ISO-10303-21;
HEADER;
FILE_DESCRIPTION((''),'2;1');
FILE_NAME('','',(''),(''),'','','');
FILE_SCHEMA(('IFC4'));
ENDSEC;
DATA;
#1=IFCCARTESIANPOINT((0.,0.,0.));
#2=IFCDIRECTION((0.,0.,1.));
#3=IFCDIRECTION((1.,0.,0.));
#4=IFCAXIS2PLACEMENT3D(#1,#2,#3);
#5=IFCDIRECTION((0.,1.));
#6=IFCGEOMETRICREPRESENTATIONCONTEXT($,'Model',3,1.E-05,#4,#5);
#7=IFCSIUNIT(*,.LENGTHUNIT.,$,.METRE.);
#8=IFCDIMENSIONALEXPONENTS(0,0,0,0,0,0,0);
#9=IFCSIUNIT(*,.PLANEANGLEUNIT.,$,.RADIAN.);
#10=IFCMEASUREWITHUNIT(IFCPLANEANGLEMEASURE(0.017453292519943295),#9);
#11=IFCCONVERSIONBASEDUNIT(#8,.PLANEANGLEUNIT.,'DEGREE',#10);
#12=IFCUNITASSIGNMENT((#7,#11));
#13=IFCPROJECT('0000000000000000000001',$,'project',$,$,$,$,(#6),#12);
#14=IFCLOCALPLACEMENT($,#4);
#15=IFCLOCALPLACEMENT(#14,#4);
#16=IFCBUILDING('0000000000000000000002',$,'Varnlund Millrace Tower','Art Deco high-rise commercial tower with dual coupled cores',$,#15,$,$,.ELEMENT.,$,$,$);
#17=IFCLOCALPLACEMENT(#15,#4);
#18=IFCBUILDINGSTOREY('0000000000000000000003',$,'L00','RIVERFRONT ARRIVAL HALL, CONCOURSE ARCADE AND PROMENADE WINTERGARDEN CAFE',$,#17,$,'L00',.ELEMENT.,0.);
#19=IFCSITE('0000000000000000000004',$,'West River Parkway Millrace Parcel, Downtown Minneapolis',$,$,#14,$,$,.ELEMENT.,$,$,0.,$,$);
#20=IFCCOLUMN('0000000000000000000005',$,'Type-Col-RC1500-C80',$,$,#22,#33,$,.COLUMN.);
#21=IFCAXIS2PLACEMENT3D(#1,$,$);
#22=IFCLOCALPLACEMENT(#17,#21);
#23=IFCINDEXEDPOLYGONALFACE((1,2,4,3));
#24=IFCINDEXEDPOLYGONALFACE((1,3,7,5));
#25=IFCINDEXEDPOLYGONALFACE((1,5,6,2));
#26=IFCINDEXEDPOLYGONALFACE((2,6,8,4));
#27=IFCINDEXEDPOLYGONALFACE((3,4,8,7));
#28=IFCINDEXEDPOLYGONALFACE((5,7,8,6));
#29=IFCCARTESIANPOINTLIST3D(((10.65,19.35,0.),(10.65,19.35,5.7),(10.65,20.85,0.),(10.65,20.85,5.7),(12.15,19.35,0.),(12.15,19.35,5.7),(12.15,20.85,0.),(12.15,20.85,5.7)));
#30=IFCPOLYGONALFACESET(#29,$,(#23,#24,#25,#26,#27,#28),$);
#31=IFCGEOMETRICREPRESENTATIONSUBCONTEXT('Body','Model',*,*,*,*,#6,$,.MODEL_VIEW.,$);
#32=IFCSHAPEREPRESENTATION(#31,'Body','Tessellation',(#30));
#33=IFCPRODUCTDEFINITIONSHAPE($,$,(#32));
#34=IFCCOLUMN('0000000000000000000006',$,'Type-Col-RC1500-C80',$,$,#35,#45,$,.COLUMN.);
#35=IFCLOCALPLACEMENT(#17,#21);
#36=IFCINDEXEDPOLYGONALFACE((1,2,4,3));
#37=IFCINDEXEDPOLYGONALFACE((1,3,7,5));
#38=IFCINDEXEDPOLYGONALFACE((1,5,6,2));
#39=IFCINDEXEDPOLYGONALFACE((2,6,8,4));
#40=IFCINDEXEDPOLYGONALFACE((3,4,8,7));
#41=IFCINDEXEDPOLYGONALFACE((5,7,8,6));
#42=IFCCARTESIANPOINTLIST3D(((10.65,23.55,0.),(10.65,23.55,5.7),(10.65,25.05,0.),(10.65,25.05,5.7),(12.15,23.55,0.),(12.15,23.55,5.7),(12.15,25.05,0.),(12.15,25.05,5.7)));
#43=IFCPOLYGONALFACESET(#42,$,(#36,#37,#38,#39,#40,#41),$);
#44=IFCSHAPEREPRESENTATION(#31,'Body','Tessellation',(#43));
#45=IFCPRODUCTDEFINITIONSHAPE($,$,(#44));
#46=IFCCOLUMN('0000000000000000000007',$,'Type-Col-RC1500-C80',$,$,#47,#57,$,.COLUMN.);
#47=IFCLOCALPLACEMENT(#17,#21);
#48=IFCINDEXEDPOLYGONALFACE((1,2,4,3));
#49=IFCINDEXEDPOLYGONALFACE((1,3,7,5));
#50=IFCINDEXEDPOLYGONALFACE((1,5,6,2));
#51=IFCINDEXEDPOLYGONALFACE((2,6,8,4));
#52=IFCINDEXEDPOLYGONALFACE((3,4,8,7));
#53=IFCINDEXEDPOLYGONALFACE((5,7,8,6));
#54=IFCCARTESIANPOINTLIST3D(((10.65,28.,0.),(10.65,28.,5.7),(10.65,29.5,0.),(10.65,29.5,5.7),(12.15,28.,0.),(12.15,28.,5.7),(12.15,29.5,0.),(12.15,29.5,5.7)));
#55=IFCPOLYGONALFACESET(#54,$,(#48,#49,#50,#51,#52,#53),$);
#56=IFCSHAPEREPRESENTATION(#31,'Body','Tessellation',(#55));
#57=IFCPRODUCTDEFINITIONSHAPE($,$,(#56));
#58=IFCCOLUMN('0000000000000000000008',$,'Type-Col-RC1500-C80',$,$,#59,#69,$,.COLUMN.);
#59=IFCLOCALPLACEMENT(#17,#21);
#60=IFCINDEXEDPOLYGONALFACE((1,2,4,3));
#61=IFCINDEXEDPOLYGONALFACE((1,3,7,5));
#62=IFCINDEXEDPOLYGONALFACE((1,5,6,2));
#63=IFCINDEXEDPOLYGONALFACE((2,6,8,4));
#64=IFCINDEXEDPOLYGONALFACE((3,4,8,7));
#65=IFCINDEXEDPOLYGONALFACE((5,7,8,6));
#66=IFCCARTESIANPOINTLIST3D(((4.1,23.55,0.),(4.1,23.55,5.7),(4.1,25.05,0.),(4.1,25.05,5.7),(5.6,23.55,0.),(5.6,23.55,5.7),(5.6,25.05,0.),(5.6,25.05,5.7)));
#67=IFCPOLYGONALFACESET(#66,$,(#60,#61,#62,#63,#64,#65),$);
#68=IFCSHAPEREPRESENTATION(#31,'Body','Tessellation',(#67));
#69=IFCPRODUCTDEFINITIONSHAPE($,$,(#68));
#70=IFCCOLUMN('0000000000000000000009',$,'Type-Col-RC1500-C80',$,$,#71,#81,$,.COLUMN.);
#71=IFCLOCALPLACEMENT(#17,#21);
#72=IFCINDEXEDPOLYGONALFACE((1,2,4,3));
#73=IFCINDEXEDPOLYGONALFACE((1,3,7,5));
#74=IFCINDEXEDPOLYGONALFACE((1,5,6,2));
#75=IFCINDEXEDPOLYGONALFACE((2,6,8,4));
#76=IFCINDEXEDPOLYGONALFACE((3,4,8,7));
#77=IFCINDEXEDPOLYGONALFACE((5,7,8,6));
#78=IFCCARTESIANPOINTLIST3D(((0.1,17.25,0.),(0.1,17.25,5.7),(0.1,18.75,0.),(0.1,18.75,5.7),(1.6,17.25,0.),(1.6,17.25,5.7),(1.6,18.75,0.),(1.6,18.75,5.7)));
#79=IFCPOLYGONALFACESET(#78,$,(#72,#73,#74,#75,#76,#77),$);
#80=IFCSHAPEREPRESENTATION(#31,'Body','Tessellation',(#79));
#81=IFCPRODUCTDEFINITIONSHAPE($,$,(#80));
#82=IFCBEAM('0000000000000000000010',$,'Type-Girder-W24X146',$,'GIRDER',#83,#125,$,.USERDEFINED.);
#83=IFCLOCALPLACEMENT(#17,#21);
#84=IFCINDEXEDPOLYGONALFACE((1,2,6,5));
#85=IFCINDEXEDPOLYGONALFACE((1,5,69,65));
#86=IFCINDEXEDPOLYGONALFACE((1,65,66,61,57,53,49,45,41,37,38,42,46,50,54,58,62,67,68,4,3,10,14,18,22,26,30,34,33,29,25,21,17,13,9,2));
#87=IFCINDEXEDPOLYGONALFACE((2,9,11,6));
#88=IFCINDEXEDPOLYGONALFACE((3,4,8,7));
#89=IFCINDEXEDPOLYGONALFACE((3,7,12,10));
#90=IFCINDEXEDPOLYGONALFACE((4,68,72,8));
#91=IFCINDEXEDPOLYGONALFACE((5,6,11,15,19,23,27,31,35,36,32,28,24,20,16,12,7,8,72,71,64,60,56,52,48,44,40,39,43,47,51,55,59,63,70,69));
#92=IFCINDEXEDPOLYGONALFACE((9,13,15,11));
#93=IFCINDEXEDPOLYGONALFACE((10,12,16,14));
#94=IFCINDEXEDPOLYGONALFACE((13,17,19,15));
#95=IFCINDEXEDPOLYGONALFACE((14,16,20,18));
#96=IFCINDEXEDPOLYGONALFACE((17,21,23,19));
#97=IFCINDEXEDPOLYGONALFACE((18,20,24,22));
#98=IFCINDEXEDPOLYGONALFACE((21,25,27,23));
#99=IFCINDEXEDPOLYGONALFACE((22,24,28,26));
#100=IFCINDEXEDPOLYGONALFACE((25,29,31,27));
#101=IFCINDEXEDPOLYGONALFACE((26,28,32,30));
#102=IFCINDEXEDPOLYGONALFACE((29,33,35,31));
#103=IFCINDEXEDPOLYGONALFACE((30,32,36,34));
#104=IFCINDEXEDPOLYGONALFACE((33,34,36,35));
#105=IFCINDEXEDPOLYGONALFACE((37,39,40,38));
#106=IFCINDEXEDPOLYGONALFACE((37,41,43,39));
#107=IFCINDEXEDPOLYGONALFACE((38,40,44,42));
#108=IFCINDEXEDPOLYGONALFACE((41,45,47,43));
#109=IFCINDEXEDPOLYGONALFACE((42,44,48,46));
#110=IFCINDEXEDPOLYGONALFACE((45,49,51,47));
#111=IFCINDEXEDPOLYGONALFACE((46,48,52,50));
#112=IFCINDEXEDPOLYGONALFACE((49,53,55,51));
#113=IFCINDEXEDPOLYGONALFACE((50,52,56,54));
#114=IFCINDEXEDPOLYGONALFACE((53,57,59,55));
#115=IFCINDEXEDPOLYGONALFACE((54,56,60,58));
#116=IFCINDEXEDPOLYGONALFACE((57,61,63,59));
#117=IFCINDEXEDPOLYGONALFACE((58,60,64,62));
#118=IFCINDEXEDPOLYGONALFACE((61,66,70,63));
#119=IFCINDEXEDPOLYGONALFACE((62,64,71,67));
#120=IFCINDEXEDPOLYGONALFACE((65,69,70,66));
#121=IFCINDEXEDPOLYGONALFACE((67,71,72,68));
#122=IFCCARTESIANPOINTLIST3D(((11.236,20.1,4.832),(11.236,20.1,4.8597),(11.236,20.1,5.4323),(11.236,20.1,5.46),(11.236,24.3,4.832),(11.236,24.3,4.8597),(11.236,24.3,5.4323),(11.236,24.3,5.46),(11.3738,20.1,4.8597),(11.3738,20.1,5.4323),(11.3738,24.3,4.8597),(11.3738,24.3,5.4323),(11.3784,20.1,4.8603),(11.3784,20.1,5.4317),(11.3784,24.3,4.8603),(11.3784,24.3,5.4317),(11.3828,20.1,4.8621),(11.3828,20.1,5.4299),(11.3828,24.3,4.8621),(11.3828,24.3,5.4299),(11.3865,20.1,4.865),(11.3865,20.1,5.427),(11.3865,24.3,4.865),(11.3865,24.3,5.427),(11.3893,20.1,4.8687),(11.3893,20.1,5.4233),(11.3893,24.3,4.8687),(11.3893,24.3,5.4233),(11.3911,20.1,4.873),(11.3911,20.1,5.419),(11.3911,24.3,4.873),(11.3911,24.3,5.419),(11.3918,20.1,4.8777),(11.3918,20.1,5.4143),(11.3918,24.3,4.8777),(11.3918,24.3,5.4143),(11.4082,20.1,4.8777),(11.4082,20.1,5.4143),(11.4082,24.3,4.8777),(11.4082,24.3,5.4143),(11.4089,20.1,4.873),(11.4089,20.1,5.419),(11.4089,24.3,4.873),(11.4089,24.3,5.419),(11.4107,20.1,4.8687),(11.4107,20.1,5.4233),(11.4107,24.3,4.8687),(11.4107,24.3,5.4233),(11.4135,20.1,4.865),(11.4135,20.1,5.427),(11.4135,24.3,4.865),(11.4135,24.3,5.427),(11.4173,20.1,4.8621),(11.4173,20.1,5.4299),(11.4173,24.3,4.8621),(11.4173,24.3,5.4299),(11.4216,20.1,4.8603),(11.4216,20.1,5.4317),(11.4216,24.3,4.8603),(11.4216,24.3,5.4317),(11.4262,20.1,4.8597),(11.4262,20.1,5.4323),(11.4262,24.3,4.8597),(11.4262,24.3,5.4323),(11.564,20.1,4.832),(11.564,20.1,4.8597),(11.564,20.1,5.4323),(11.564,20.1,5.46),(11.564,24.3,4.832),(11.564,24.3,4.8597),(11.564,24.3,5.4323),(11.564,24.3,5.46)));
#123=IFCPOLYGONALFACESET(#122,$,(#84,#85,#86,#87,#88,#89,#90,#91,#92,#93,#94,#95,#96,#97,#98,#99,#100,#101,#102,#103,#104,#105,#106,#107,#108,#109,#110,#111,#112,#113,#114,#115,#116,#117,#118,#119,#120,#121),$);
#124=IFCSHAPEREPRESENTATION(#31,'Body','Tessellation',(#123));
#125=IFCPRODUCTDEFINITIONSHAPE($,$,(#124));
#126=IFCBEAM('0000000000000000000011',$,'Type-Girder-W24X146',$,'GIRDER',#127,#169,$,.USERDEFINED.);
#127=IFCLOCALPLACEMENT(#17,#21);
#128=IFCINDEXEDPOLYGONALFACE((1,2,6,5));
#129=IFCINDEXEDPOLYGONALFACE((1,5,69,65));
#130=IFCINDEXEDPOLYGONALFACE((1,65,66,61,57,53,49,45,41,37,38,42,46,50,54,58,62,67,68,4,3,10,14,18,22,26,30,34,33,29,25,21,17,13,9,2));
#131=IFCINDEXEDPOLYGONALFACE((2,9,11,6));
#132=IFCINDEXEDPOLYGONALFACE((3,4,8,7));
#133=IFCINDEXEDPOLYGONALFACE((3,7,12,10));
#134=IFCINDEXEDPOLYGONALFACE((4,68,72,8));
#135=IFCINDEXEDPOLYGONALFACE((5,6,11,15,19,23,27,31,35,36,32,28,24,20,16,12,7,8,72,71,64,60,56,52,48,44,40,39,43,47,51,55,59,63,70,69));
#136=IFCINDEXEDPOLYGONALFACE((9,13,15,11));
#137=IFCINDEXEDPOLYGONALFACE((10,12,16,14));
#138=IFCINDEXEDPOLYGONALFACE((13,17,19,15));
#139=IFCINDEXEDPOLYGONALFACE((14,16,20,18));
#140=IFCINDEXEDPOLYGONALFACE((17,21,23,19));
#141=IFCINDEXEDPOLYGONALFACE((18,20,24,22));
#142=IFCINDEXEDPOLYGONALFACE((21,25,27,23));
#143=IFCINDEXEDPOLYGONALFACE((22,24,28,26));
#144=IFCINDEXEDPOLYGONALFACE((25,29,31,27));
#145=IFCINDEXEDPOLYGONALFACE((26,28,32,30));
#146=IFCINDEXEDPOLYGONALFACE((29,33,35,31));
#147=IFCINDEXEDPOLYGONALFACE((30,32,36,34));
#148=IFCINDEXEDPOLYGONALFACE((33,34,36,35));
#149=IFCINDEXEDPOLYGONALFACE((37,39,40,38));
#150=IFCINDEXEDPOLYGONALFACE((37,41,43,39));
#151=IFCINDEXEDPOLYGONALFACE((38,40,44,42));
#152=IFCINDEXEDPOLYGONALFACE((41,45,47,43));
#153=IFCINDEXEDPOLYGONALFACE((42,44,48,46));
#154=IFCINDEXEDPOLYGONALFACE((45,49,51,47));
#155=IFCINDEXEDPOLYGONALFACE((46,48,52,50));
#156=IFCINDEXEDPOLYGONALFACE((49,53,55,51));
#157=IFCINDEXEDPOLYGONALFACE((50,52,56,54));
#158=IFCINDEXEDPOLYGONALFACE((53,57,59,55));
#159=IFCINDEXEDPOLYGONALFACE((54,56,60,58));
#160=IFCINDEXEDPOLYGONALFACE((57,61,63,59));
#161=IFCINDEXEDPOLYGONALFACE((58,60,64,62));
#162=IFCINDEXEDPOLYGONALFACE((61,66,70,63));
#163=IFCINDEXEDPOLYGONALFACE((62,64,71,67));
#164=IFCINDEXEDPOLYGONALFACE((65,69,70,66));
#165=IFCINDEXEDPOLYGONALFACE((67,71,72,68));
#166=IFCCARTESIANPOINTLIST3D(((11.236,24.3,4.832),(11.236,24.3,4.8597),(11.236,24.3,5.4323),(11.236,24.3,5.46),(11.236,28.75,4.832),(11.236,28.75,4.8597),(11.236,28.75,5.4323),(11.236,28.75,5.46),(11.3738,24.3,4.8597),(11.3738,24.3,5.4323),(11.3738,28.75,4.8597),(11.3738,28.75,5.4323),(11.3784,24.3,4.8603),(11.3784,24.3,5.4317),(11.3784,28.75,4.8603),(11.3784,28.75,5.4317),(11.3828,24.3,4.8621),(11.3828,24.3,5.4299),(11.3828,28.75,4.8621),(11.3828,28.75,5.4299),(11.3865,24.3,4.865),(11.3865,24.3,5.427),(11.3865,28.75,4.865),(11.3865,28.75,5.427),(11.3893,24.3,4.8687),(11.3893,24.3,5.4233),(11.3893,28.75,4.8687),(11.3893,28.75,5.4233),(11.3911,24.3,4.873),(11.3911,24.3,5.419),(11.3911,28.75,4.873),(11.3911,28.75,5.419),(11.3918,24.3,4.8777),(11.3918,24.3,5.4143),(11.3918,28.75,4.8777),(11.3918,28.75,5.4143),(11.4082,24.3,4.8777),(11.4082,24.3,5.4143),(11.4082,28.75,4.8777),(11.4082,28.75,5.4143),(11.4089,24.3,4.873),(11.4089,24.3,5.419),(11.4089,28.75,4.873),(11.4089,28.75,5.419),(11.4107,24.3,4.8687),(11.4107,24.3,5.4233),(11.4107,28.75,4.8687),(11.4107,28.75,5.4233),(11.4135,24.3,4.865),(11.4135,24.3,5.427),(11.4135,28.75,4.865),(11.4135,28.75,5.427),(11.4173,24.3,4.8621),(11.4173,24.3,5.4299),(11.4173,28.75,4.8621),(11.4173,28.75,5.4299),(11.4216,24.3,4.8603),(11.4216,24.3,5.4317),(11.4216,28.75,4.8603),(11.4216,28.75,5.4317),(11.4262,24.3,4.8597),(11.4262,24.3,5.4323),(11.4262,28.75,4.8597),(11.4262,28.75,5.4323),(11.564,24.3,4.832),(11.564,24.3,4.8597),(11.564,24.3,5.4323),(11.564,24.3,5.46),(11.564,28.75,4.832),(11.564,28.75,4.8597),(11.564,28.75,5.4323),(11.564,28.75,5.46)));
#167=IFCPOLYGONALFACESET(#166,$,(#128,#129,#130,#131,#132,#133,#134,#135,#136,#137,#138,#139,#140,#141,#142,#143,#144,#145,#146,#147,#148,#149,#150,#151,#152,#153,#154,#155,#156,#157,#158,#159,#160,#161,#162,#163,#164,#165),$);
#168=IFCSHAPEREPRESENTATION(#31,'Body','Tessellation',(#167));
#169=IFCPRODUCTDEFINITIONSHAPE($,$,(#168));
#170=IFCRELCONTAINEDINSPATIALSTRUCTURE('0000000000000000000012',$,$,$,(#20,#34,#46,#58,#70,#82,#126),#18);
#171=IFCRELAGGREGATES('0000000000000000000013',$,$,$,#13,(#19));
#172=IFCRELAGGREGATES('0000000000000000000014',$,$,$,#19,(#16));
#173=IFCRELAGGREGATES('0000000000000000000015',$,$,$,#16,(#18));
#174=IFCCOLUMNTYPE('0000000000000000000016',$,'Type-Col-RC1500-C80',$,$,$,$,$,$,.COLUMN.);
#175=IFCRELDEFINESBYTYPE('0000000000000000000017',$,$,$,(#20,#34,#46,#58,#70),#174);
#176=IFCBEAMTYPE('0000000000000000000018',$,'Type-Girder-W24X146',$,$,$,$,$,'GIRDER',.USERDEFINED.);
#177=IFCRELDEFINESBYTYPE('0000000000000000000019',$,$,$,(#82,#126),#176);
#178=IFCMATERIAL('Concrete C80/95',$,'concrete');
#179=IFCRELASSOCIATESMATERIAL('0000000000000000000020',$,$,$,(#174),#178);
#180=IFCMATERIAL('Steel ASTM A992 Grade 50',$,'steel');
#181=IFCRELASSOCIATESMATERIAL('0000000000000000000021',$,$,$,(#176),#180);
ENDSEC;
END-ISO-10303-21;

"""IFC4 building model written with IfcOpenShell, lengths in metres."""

from ifc_helpers import new_model, entity, si_unit, converted_unit, direction, frame, origin_with_axes, origin_2d_with_axis, place, context, subcontext, project, spatial, rectangle, i_section, extrude, material, material_profile, profile_set, type_object, element, save


model = new_model("IFC4")

# Units and contexts
model_context = context("Model", 3, precision=1e-05, world=origin_with_axes(), true_north=direction((0.0, 1.0)))
body_context = subcontext(model_context, "Body", "Model", "MODEL_VIEW")
ifc_project = project(units=[si_unit("LENGTHUNIT", "METRE"), converted_unit("PLANEANGLEUNIT", "DEGREE", entity("IfcPlaneAngleMeasure", 0.017453292519943295), si_unit("PLANEANGLEUNIT", "RADIAN"), dimensions=[0, 0, 0, 0, 0, 0, 0])], contexts=[model_context])

# Site, building, storey
site_placement = place(None, origin_with_axes())
site = spatial("IfcSite", under=ifc_project, at=site_placement, Name="West River Parkway Millrace Parcel, Downtown Minneapolis", CompositionType="ELEMENT", RefElevation=0.0)
building_placement = place(site_placement, origin_with_axes())
building = spatial("IfcBuilding", under=site, at=building_placement, Name="Varnlund Millrace Tower", Description="Art Deco high-rise commercial tower with dual coupled cores", CompositionType="ELEMENT")
storey_placement = place(building_placement, origin_with_axes())
storey = spatial("IfcBuildingStorey", under=building, at=storey_placement, Name="L00", Description="RIVERFRONT ARRIVAL HALL, CONCOURSE ARCADE AND PROMENADE WINTERGARDEN CAFE", LongName="L00", CompositionType="ELEMENT", Elevation=0.0)

# Columns
ifc_material_1 = material(Name="Concrete C80/95", Category="concrete")
ifc_material_profile_1 = material_profile(ifc_material_1, rectangle(XDim=1.5, YDim=1.5, at=origin_2d_with_axis()), Name="Concrete C80/95")
ifc_profile_set_1 = profile_set([ifc_material_profile_1], Name="Concrete C80/95")
column_type = type_object("IfcColumnType", Name="Type-Col-RC1500-C80", PredefinedType="COLUMN", material=ifc_profile_set_1)
for number, where, z_axis, x_axis, name in (
    (1, (11.4, 20.1, 0.0), (0.0, 0.0, 1.0), (1.0, 0.0, 0.0), "Type-Col-RC1500-C80"),
    (2, (11.4, 24.3, 0.0), (0.0, 0.0, 1.0), (1.0, 0.0, 0.0), "Type-Col-RC1500-C80"),
    (3, (11.4, 28.75, 0.0), (0.0, 0.0, 1.0), (1.0, 0.0, 0.0), "Type-Col-RC1500-C80"),
    (4, (4.85, 24.3, 0.0), (0.0, 0.0, 1.0), (1.0, 0.0, 0.0), "Type-Col-RC1500-C80"),
    (5, (0.85, 18.0, 0.0), (0.0, 0.0, 1.0), (1.0, 0.0, 0.0), "Type-Col-RC1500-C80"),
):
    element("IfcColumn", number, at=place(storey_placement, frame(where, z_axis=z_axis, x_axis=x_axis)), inside=storey, type_object=column_type, Name=name, PredefinedType="COLUMN", context=body_context, shape_type="SweptSolid", body=[
        extrude(rectangle(XDim=1.5, YDim=1.5, at=origin_2d_with_axis()), origin_with_axes(), (0.0, 0.0, 1.0), 5.7),
    ])

# Beams
ifc_material_2 = material(Name="Steel ASTM A992 Grade 50", Category="steel")
ifc_material_profile_2 = material_profile(ifc_material_2, i_section(OverallWidth=0.328, OverallDepth=0.628, WebThickness=0.0165, FlangeThickness=0.0277, FilletRadius=0.018, at=origin_2d_with_axis()), Name="Steel ASTM A992 Grade 50")
ifc_profile_set_2 = profile_set([ifc_material_profile_2], Name="Steel ASTM A992 Grade 50")
beam_type_1 = type_object("IfcBeamType", Name="Type-Girder-W24X146", ElementType="GIRDER", PredefinedType="USERDEFINED", material=ifc_profile_set_2)
beam_1_placement = place(storey_placement, frame((11.4, 20.1, 5.146), z_axis=(0.0, 1.0, 0.0), x_axis=(-1.0, 0.0, 0.0)))
element("IfcBeam", 6, at=beam_1_placement, inside=storey, type_object=beam_type_1, Name="Type-Girder-W24X146", ObjectType="GIRDER", PredefinedType="USERDEFINED", context=body_context, shape_type="SweptSolid", body=[
    extrude(i_section(OverallWidth=0.328, OverallDepth=0.628, WebThickness=0.0165, FlangeThickness=0.0277, FilletRadius=0.018, at=origin_2d_with_axis()), origin_with_axes(), (0.0, 0.0, 1.0), 4.2),
])
beam_2_placement = place(storey_placement, frame((11.4, 24.3, 5.146), z_axis=(0.0, 1.0, 0.0), x_axis=(-1.0, 0.0, 0.0)))
element("IfcBeam", 7, at=beam_2_placement, inside=storey, type_object=beam_type_1, Name="Type-Girder-W24X146", ObjectType="GIRDER", PredefinedType="USERDEFINED", context=body_context, shape_type="SweptSolid", body=[
    extrude(i_section(OverallWidth=0.328, OverallDepth=0.628, WebThickness=0.0165, FlangeThickness=0.0277, FilletRadius=0.018, at=origin_2d_with_axis()), origin_with_axes(), (0.0, 0.0, 1.0), 4.45),
])

save(model, "model.ifc")
